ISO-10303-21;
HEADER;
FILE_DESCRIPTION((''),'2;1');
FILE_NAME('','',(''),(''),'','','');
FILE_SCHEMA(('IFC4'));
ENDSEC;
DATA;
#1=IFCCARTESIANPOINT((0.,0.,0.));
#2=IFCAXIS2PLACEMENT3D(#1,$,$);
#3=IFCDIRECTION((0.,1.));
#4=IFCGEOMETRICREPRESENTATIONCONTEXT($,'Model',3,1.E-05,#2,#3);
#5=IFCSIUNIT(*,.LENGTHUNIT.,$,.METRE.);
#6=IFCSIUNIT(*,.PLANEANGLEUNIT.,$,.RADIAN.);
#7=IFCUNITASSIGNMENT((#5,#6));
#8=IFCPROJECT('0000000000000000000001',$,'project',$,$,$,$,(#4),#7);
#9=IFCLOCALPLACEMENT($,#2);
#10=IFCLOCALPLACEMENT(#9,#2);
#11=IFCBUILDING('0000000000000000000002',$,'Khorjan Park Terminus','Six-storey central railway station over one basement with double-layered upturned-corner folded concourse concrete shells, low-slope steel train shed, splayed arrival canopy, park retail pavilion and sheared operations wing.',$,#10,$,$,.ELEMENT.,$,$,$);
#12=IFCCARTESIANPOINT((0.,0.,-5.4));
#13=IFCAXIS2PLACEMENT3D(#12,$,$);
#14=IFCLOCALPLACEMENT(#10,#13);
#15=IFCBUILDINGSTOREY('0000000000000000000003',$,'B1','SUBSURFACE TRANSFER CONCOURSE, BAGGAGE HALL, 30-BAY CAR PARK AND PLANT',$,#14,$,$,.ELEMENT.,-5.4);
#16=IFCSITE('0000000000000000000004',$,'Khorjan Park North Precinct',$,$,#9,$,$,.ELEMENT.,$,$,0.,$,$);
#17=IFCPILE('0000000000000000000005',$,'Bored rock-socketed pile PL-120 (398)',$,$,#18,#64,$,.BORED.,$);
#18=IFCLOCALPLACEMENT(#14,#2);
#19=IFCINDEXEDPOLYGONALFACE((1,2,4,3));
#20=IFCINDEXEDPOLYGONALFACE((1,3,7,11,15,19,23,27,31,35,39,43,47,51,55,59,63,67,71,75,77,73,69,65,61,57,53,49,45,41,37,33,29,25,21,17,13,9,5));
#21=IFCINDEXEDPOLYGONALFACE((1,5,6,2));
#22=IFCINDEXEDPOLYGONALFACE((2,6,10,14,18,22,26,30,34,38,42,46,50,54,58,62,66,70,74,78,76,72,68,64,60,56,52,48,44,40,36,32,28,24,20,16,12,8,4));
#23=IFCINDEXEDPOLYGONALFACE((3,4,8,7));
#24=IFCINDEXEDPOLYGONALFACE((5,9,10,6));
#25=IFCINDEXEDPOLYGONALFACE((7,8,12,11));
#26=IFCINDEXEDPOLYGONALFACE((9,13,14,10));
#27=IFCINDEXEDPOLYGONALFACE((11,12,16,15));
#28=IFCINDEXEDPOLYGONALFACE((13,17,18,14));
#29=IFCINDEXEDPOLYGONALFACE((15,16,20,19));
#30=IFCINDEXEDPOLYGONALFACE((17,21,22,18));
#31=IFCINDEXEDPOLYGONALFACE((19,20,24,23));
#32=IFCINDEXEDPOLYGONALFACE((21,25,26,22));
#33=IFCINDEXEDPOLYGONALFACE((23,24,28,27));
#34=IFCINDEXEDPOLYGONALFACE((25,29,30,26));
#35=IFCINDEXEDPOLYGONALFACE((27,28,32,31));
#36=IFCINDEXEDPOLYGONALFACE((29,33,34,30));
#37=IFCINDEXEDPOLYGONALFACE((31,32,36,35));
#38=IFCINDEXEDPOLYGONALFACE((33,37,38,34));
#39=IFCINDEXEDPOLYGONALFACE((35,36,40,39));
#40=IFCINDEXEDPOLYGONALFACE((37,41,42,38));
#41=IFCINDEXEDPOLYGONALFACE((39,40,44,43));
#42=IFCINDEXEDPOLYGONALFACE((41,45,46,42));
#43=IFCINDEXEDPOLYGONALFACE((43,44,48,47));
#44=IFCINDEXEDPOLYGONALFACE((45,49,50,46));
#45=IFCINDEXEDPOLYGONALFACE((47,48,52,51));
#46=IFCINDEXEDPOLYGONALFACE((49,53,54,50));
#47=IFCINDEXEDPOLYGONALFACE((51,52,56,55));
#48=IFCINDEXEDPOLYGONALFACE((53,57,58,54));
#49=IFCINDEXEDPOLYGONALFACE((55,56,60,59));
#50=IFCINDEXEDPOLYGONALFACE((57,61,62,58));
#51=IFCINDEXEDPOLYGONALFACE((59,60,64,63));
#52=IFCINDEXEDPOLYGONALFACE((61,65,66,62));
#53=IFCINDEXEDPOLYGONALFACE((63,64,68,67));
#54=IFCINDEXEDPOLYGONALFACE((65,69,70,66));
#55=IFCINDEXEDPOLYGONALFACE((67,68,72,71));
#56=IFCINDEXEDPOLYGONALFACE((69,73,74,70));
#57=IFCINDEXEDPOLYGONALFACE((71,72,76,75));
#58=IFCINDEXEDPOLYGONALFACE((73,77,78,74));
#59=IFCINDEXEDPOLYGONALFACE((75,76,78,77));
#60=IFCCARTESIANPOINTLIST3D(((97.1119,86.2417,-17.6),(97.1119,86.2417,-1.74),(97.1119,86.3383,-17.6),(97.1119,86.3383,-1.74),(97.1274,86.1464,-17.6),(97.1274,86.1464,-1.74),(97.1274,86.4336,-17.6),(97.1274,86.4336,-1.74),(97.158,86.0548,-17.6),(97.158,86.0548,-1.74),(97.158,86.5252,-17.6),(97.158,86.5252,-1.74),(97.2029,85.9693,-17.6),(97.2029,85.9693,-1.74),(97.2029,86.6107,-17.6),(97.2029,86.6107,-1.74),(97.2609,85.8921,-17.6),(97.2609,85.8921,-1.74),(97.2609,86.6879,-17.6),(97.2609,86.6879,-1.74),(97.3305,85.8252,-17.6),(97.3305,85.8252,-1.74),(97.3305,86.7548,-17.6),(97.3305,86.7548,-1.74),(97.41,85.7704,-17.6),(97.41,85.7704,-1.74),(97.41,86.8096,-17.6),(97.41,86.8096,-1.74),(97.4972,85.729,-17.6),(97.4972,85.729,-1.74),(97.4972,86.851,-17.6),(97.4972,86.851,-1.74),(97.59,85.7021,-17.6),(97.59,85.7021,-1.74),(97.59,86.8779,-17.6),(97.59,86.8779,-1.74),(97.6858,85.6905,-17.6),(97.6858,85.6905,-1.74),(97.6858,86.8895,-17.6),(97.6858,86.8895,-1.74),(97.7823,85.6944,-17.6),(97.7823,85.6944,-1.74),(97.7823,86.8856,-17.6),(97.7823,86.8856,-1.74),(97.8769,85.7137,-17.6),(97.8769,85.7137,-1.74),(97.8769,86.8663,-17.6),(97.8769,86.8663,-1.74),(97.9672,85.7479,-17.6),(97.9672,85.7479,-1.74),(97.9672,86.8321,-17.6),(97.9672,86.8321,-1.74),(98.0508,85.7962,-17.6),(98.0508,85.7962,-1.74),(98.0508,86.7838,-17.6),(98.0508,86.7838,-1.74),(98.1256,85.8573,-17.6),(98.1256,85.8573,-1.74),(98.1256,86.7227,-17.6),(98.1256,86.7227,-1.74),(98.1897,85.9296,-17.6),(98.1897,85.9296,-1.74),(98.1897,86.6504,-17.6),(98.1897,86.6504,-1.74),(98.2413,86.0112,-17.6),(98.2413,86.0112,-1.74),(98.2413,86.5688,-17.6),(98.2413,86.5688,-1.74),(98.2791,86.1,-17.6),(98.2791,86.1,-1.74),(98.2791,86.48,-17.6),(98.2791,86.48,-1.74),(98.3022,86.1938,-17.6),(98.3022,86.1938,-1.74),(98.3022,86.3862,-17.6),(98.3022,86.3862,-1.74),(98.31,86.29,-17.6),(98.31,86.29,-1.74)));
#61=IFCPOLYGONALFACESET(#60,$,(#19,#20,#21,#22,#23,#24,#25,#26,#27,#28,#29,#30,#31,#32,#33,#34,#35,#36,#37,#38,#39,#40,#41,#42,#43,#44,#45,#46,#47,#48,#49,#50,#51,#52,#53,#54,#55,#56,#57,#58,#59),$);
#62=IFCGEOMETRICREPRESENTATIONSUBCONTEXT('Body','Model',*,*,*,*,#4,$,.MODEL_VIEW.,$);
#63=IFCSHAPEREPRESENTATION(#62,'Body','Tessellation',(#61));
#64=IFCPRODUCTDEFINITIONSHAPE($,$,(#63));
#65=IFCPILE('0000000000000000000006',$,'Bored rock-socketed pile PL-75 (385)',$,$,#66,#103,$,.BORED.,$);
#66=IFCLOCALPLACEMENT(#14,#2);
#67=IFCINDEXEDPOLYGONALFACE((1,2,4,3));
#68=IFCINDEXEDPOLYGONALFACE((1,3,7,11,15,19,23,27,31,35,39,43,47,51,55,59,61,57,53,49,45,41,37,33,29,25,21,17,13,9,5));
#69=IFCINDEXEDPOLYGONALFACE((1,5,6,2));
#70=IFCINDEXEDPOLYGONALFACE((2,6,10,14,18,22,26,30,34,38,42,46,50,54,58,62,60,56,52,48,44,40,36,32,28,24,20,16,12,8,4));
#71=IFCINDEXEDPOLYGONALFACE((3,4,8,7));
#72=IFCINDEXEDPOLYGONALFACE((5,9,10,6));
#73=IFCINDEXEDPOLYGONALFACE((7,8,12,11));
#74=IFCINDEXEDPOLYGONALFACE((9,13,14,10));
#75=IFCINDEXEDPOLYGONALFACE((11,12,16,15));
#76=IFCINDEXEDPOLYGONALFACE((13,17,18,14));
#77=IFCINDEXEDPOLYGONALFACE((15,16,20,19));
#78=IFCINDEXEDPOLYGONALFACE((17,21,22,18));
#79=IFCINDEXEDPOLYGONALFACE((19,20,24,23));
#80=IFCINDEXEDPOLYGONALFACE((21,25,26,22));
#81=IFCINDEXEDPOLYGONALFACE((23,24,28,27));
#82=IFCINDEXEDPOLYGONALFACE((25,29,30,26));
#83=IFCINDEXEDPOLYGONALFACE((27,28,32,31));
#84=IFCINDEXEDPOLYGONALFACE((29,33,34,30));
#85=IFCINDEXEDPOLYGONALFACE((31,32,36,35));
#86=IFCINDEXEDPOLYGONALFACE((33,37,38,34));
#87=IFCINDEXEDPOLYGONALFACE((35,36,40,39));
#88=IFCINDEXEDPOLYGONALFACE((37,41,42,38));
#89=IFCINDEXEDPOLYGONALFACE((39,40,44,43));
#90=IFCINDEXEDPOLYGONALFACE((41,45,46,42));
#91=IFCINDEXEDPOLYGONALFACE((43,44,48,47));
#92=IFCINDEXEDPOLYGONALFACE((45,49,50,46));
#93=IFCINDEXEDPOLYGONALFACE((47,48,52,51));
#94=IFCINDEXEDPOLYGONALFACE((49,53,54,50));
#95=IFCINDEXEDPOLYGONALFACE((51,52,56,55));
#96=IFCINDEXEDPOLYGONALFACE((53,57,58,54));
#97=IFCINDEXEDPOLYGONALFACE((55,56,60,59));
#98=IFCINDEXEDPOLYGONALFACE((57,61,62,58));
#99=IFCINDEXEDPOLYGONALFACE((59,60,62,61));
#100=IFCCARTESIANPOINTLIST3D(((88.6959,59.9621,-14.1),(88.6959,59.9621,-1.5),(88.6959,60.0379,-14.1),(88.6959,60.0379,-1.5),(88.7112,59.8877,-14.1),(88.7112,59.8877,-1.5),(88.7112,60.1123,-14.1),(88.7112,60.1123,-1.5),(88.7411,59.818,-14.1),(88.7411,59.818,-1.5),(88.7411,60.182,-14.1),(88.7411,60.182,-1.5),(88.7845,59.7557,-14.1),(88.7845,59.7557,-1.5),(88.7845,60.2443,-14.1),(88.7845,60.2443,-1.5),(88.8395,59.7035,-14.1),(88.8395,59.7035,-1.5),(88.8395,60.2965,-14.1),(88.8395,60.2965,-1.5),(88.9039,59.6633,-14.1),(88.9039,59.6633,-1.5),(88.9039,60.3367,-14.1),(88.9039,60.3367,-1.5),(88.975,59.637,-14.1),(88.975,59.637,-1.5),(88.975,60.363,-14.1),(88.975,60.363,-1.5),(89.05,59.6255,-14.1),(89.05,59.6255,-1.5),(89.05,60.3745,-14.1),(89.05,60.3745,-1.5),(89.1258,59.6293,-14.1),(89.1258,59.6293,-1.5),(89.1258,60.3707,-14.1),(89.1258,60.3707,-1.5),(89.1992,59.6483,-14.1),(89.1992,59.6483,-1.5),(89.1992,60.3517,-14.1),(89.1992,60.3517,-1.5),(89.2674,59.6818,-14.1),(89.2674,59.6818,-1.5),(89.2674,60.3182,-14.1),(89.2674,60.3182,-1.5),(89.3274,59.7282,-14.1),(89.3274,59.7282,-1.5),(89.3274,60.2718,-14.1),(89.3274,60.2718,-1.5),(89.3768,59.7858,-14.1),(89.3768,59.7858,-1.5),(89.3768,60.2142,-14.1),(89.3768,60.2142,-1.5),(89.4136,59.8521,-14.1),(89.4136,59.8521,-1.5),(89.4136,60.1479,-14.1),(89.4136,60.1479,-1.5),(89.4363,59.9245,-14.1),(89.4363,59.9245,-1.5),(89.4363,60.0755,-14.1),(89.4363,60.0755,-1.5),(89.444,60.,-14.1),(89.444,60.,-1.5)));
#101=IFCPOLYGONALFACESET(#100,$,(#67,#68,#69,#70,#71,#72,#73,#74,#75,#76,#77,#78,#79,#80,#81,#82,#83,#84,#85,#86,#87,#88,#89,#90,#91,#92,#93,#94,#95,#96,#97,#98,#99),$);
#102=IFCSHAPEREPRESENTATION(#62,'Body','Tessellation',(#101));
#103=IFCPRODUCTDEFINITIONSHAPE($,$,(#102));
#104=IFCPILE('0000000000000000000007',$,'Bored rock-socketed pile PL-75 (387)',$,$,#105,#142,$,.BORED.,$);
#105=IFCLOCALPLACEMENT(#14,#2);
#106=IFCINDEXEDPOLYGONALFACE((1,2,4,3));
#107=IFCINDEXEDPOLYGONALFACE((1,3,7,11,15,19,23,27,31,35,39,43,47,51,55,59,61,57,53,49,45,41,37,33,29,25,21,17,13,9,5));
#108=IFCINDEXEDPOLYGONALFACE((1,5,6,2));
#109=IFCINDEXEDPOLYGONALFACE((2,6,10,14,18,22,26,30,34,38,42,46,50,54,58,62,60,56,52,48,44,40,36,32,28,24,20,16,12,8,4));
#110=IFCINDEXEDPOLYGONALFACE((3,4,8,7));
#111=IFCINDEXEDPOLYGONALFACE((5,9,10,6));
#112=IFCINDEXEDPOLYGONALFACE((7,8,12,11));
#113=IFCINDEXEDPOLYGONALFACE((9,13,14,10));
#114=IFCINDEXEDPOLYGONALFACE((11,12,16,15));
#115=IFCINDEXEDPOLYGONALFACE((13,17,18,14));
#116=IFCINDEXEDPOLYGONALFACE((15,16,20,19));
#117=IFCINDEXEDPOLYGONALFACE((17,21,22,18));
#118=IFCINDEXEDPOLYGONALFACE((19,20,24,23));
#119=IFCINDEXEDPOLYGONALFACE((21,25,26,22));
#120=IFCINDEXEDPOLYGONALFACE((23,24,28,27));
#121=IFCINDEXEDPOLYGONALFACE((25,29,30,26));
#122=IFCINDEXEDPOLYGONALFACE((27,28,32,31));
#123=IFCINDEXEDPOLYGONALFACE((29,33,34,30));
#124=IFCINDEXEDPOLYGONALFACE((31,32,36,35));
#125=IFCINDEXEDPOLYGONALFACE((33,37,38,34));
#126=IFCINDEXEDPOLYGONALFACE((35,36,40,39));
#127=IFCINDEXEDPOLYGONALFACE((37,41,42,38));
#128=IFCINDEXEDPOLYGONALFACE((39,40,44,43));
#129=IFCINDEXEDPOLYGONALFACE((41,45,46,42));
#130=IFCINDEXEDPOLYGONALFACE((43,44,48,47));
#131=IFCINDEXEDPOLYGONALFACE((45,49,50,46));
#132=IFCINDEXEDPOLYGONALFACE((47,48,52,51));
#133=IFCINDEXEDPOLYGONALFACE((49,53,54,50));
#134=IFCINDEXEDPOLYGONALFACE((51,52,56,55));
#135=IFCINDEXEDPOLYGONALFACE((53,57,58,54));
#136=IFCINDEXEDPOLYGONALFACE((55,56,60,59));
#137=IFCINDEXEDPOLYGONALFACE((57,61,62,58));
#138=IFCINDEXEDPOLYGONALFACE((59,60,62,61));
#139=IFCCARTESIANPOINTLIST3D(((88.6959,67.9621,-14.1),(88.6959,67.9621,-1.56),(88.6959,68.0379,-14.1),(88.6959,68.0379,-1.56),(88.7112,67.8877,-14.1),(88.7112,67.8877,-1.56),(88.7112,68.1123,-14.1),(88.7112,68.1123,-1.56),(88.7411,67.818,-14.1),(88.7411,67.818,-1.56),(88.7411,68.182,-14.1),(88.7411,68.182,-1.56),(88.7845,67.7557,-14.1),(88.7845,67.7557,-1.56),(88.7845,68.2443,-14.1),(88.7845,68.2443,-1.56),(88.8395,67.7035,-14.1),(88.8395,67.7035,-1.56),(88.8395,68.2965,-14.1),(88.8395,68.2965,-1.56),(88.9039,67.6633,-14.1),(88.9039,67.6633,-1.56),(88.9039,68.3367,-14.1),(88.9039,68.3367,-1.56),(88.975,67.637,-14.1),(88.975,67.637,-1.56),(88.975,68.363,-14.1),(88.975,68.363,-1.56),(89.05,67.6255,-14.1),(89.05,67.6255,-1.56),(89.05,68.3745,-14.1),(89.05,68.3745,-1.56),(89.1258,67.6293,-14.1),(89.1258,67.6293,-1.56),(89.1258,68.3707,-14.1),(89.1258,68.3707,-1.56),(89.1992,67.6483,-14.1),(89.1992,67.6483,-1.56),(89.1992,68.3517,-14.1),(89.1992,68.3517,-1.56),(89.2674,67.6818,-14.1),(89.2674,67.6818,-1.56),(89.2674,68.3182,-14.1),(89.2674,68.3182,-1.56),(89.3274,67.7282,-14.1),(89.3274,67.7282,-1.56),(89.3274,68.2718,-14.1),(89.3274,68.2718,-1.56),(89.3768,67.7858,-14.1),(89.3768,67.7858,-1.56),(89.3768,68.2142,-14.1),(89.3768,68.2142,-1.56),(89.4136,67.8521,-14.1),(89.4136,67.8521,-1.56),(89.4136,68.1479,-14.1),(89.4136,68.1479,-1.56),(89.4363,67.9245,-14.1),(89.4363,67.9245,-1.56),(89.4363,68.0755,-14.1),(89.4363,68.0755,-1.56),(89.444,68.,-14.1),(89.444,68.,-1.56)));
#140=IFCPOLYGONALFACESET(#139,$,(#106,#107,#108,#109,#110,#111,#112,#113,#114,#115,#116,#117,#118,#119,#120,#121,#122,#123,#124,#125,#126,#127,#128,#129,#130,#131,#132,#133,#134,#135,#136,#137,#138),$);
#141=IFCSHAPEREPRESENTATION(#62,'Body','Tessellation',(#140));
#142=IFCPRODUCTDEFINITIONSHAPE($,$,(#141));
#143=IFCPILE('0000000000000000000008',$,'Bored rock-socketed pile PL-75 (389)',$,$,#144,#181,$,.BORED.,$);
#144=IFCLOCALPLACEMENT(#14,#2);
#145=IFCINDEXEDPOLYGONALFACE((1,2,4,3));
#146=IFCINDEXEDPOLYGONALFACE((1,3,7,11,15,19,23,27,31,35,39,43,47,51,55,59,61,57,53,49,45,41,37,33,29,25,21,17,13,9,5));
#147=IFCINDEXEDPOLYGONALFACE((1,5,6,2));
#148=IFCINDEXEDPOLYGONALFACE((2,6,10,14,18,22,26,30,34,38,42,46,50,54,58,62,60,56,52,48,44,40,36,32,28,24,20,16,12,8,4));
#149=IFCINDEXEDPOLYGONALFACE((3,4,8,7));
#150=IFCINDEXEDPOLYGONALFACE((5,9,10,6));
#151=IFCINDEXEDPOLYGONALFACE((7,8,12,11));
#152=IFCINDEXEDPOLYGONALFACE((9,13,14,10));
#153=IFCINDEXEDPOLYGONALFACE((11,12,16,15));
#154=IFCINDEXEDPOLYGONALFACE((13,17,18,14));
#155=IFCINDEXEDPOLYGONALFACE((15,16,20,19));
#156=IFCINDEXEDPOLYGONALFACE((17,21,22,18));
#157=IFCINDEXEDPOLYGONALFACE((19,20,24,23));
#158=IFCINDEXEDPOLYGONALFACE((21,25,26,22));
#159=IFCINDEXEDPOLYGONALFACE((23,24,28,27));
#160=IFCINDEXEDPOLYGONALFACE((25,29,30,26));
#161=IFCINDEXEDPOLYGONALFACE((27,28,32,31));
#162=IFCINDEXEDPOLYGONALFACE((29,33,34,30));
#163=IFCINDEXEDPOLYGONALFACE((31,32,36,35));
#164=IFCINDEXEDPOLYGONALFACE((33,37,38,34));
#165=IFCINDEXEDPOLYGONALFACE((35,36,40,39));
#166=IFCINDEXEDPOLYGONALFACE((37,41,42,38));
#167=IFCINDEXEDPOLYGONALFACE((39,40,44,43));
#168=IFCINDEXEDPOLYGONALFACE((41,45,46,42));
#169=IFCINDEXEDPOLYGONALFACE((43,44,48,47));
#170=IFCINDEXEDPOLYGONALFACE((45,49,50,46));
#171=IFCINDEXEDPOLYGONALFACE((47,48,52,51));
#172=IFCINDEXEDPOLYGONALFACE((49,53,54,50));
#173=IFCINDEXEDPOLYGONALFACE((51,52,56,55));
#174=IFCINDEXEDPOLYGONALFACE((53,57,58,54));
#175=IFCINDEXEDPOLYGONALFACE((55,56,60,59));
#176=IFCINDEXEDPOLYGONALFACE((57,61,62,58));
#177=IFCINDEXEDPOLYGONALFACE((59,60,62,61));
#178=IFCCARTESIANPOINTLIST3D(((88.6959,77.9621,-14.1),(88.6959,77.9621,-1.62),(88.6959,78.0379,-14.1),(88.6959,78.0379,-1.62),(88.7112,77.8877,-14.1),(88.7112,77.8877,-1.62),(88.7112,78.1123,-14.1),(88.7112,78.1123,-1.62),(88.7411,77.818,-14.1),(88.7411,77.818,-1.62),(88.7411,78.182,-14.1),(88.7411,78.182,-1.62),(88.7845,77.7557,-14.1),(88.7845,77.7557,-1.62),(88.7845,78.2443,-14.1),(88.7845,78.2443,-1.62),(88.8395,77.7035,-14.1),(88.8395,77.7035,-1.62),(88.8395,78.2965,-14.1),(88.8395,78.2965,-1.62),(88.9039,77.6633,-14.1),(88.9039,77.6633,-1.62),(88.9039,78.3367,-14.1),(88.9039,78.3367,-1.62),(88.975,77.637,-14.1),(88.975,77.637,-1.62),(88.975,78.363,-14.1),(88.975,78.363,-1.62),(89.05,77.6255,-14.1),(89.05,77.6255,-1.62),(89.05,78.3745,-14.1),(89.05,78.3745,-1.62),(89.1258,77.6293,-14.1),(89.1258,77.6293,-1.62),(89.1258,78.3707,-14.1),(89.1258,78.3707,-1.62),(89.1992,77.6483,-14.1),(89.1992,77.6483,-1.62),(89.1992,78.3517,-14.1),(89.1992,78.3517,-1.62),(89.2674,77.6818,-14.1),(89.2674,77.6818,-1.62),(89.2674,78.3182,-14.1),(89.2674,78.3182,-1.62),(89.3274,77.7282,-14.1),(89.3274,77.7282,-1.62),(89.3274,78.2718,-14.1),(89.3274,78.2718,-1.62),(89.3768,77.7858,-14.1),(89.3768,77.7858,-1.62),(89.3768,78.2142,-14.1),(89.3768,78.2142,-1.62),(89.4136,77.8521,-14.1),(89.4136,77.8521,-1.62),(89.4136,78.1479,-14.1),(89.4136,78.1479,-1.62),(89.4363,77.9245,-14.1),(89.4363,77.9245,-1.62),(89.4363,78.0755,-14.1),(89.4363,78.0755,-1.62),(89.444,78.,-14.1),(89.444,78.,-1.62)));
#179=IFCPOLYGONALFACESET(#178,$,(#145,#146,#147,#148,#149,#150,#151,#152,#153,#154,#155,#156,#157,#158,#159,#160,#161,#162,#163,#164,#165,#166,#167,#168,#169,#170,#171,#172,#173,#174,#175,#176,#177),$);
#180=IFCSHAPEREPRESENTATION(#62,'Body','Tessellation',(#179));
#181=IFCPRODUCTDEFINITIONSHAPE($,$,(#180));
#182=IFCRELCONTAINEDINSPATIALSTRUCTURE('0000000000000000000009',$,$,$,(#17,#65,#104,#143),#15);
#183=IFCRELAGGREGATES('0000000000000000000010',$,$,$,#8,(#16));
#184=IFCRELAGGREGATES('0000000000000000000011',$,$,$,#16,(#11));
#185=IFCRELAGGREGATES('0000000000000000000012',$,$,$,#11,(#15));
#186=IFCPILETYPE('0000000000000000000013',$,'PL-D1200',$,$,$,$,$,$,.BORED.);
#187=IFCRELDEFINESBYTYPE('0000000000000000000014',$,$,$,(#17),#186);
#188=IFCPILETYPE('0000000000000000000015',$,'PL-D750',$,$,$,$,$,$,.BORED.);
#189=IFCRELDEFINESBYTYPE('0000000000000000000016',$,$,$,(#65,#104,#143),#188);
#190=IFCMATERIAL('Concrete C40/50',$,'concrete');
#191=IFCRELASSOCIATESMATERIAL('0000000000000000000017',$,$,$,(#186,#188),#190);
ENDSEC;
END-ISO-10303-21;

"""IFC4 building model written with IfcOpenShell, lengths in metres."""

from ifc_helpers import new_model, si_unit, direction, frame, origin, origin_2d, place, context, subcontext, project, spatial, circle, extrude, material, material_profile, profile_set, type_object, element, save


model = new_model("IFC4")

# Units and contexts
model_context = context("Model", 3, precision=1e-05, world=origin(), true_north=direction((0.0, 1.0)))
body_context = subcontext(model_context, "Body", "Model", "MODEL_VIEW")
ifc_project = project(units=[si_unit("LENGTHUNIT", "METRE"), si_unit("PLANEANGLEUNIT", "RADIAN")], contexts=[model_context])

# Site, building, storey
site_placement = place(None, origin())
site = spatial("IfcSite", under=ifc_project, at=site_placement, Name="Khorjan Park North Precinct", CompositionType="ELEMENT", RefElevation=0.0)
building_placement = place(site_placement, origin())
building = spatial("IfcBuilding", under=site, at=building_placement, Name="Khorjan Park Terminus", Description="Six-storey central railway station over one basement with double-layered upturned-corner folded concourse concrete shells, low-slope steel train shed, splayed arrival canopy, park retail pavilion and sheared operations wing.", CompositionType="ELEMENT")
storey_placement = place(building_placement, frame((0.0, 0.0, -5.4)))
storey = spatial("IfcBuildingStorey", under=building, at=storey_placement, Name="B1", Description="SUBSURFACE TRANSFER CONCOURSE, BAGGAGE HALL, 30-BAY CAR PARK AND PLANT", CompositionType="ELEMENT", Elevation=-5.4)

# Shared definitions
ifc_material_1 = material(Name="Concrete C40/50", Category="concrete")

# Piles
ifc_material_profile_1 = material_profile(ifc_material_1, circle(Radius=0.6, at=origin_2d()), Name="BORED D1200")
ifc_profile_set_1 = profile_set([ifc_material_profile_1], Name="Concrete C40/50")
pile_type_1 = type_object("IfcPileType", Name="PL-D1200", PredefinedType="BORED", material=ifc_profile_set_1)
for number, where, z_axis, x_axis, name in (
    (1, (97.71, 86.29, -1.74), (0.0, 0.0, -1.0), (1.0, 0.0, 0.0), "Bored rock-socketed pile PL-120 (398)"),
):
    element("IfcPile", number, at=place(storey_placement, frame(where, z_axis=z_axis, x_axis=x_axis)), inside=storey, type_object=pile_type_1, Name=name, PredefinedType="BORED", context=body_context, shape_type="SweptSolid", body=[
        extrude(circle(Radius=0.6, at=origin_2d()), origin(), (0.0, 0.0, 1.0), 15.86),
    ])
ifc_material_profile_2 = material_profile(ifc_material_1, circle(Radius=0.375, at=origin_2d()), Name="BORED D750")
ifc_profile_set_2 = profile_set([ifc_material_profile_2], Name="Concrete C40/50")
pile_type_2 = type_object("IfcPileType", Name="PL-D750", PredefinedType="BORED", material=ifc_profile_set_2)
pile_1_placement = place(storey_placement, frame((89.069, 60.0, -1.5), z_axis=(0.0, 0.0, -1.0), x_axis=(1.0, 0.0, 0.0)))
element("IfcPile", 2, at=pile_1_placement, inside=storey, type_object=pile_type_2, Name="Bored rock-socketed pile PL-75 (385)", PredefinedType="BORED", context=body_context, shape_type="SweptSolid", body=[
    extrude(circle(Radius=0.375, at=origin_2d()), origin(), (0.0, 0.0, 1.0), 12.6),
])
pile_2_placement = place(storey_placement, frame((89.069, 68.0, -1.56), z_axis=(0.0, 0.0, -1.0), x_axis=(1.0, 0.0, 0.0)))
element("IfcPile", 3, at=pile_2_placement, inside=storey, type_object=pile_type_2, Name="Bored rock-socketed pile PL-75 (387)", PredefinedType="BORED", context=body_context, shape_type="SweptSolid", body=[
    extrude(circle(Radius=0.375, at=origin_2d()), origin(), (0.0, 0.0, 1.0), 12.54),
])
pile_3_placement = place(storey_placement, frame((89.069, 78.0, -1.62), z_axis=(0.0, 0.0, -1.0), x_axis=(1.0, 0.0, 0.0)))
element("IfcPile", 4, at=pile_3_placement, inside=storey, type_object=pile_type_2, Name="Bored rock-socketed pile PL-75 (389)", PredefinedType="BORED", context=body_context, shape_type="SweptSolid", body=[
    extrude(circle(Radius=0.375, at=origin_2d()), origin(), (0.0, 0.0, 1.0), 12.48),
])

save(model, "model.ifc")
